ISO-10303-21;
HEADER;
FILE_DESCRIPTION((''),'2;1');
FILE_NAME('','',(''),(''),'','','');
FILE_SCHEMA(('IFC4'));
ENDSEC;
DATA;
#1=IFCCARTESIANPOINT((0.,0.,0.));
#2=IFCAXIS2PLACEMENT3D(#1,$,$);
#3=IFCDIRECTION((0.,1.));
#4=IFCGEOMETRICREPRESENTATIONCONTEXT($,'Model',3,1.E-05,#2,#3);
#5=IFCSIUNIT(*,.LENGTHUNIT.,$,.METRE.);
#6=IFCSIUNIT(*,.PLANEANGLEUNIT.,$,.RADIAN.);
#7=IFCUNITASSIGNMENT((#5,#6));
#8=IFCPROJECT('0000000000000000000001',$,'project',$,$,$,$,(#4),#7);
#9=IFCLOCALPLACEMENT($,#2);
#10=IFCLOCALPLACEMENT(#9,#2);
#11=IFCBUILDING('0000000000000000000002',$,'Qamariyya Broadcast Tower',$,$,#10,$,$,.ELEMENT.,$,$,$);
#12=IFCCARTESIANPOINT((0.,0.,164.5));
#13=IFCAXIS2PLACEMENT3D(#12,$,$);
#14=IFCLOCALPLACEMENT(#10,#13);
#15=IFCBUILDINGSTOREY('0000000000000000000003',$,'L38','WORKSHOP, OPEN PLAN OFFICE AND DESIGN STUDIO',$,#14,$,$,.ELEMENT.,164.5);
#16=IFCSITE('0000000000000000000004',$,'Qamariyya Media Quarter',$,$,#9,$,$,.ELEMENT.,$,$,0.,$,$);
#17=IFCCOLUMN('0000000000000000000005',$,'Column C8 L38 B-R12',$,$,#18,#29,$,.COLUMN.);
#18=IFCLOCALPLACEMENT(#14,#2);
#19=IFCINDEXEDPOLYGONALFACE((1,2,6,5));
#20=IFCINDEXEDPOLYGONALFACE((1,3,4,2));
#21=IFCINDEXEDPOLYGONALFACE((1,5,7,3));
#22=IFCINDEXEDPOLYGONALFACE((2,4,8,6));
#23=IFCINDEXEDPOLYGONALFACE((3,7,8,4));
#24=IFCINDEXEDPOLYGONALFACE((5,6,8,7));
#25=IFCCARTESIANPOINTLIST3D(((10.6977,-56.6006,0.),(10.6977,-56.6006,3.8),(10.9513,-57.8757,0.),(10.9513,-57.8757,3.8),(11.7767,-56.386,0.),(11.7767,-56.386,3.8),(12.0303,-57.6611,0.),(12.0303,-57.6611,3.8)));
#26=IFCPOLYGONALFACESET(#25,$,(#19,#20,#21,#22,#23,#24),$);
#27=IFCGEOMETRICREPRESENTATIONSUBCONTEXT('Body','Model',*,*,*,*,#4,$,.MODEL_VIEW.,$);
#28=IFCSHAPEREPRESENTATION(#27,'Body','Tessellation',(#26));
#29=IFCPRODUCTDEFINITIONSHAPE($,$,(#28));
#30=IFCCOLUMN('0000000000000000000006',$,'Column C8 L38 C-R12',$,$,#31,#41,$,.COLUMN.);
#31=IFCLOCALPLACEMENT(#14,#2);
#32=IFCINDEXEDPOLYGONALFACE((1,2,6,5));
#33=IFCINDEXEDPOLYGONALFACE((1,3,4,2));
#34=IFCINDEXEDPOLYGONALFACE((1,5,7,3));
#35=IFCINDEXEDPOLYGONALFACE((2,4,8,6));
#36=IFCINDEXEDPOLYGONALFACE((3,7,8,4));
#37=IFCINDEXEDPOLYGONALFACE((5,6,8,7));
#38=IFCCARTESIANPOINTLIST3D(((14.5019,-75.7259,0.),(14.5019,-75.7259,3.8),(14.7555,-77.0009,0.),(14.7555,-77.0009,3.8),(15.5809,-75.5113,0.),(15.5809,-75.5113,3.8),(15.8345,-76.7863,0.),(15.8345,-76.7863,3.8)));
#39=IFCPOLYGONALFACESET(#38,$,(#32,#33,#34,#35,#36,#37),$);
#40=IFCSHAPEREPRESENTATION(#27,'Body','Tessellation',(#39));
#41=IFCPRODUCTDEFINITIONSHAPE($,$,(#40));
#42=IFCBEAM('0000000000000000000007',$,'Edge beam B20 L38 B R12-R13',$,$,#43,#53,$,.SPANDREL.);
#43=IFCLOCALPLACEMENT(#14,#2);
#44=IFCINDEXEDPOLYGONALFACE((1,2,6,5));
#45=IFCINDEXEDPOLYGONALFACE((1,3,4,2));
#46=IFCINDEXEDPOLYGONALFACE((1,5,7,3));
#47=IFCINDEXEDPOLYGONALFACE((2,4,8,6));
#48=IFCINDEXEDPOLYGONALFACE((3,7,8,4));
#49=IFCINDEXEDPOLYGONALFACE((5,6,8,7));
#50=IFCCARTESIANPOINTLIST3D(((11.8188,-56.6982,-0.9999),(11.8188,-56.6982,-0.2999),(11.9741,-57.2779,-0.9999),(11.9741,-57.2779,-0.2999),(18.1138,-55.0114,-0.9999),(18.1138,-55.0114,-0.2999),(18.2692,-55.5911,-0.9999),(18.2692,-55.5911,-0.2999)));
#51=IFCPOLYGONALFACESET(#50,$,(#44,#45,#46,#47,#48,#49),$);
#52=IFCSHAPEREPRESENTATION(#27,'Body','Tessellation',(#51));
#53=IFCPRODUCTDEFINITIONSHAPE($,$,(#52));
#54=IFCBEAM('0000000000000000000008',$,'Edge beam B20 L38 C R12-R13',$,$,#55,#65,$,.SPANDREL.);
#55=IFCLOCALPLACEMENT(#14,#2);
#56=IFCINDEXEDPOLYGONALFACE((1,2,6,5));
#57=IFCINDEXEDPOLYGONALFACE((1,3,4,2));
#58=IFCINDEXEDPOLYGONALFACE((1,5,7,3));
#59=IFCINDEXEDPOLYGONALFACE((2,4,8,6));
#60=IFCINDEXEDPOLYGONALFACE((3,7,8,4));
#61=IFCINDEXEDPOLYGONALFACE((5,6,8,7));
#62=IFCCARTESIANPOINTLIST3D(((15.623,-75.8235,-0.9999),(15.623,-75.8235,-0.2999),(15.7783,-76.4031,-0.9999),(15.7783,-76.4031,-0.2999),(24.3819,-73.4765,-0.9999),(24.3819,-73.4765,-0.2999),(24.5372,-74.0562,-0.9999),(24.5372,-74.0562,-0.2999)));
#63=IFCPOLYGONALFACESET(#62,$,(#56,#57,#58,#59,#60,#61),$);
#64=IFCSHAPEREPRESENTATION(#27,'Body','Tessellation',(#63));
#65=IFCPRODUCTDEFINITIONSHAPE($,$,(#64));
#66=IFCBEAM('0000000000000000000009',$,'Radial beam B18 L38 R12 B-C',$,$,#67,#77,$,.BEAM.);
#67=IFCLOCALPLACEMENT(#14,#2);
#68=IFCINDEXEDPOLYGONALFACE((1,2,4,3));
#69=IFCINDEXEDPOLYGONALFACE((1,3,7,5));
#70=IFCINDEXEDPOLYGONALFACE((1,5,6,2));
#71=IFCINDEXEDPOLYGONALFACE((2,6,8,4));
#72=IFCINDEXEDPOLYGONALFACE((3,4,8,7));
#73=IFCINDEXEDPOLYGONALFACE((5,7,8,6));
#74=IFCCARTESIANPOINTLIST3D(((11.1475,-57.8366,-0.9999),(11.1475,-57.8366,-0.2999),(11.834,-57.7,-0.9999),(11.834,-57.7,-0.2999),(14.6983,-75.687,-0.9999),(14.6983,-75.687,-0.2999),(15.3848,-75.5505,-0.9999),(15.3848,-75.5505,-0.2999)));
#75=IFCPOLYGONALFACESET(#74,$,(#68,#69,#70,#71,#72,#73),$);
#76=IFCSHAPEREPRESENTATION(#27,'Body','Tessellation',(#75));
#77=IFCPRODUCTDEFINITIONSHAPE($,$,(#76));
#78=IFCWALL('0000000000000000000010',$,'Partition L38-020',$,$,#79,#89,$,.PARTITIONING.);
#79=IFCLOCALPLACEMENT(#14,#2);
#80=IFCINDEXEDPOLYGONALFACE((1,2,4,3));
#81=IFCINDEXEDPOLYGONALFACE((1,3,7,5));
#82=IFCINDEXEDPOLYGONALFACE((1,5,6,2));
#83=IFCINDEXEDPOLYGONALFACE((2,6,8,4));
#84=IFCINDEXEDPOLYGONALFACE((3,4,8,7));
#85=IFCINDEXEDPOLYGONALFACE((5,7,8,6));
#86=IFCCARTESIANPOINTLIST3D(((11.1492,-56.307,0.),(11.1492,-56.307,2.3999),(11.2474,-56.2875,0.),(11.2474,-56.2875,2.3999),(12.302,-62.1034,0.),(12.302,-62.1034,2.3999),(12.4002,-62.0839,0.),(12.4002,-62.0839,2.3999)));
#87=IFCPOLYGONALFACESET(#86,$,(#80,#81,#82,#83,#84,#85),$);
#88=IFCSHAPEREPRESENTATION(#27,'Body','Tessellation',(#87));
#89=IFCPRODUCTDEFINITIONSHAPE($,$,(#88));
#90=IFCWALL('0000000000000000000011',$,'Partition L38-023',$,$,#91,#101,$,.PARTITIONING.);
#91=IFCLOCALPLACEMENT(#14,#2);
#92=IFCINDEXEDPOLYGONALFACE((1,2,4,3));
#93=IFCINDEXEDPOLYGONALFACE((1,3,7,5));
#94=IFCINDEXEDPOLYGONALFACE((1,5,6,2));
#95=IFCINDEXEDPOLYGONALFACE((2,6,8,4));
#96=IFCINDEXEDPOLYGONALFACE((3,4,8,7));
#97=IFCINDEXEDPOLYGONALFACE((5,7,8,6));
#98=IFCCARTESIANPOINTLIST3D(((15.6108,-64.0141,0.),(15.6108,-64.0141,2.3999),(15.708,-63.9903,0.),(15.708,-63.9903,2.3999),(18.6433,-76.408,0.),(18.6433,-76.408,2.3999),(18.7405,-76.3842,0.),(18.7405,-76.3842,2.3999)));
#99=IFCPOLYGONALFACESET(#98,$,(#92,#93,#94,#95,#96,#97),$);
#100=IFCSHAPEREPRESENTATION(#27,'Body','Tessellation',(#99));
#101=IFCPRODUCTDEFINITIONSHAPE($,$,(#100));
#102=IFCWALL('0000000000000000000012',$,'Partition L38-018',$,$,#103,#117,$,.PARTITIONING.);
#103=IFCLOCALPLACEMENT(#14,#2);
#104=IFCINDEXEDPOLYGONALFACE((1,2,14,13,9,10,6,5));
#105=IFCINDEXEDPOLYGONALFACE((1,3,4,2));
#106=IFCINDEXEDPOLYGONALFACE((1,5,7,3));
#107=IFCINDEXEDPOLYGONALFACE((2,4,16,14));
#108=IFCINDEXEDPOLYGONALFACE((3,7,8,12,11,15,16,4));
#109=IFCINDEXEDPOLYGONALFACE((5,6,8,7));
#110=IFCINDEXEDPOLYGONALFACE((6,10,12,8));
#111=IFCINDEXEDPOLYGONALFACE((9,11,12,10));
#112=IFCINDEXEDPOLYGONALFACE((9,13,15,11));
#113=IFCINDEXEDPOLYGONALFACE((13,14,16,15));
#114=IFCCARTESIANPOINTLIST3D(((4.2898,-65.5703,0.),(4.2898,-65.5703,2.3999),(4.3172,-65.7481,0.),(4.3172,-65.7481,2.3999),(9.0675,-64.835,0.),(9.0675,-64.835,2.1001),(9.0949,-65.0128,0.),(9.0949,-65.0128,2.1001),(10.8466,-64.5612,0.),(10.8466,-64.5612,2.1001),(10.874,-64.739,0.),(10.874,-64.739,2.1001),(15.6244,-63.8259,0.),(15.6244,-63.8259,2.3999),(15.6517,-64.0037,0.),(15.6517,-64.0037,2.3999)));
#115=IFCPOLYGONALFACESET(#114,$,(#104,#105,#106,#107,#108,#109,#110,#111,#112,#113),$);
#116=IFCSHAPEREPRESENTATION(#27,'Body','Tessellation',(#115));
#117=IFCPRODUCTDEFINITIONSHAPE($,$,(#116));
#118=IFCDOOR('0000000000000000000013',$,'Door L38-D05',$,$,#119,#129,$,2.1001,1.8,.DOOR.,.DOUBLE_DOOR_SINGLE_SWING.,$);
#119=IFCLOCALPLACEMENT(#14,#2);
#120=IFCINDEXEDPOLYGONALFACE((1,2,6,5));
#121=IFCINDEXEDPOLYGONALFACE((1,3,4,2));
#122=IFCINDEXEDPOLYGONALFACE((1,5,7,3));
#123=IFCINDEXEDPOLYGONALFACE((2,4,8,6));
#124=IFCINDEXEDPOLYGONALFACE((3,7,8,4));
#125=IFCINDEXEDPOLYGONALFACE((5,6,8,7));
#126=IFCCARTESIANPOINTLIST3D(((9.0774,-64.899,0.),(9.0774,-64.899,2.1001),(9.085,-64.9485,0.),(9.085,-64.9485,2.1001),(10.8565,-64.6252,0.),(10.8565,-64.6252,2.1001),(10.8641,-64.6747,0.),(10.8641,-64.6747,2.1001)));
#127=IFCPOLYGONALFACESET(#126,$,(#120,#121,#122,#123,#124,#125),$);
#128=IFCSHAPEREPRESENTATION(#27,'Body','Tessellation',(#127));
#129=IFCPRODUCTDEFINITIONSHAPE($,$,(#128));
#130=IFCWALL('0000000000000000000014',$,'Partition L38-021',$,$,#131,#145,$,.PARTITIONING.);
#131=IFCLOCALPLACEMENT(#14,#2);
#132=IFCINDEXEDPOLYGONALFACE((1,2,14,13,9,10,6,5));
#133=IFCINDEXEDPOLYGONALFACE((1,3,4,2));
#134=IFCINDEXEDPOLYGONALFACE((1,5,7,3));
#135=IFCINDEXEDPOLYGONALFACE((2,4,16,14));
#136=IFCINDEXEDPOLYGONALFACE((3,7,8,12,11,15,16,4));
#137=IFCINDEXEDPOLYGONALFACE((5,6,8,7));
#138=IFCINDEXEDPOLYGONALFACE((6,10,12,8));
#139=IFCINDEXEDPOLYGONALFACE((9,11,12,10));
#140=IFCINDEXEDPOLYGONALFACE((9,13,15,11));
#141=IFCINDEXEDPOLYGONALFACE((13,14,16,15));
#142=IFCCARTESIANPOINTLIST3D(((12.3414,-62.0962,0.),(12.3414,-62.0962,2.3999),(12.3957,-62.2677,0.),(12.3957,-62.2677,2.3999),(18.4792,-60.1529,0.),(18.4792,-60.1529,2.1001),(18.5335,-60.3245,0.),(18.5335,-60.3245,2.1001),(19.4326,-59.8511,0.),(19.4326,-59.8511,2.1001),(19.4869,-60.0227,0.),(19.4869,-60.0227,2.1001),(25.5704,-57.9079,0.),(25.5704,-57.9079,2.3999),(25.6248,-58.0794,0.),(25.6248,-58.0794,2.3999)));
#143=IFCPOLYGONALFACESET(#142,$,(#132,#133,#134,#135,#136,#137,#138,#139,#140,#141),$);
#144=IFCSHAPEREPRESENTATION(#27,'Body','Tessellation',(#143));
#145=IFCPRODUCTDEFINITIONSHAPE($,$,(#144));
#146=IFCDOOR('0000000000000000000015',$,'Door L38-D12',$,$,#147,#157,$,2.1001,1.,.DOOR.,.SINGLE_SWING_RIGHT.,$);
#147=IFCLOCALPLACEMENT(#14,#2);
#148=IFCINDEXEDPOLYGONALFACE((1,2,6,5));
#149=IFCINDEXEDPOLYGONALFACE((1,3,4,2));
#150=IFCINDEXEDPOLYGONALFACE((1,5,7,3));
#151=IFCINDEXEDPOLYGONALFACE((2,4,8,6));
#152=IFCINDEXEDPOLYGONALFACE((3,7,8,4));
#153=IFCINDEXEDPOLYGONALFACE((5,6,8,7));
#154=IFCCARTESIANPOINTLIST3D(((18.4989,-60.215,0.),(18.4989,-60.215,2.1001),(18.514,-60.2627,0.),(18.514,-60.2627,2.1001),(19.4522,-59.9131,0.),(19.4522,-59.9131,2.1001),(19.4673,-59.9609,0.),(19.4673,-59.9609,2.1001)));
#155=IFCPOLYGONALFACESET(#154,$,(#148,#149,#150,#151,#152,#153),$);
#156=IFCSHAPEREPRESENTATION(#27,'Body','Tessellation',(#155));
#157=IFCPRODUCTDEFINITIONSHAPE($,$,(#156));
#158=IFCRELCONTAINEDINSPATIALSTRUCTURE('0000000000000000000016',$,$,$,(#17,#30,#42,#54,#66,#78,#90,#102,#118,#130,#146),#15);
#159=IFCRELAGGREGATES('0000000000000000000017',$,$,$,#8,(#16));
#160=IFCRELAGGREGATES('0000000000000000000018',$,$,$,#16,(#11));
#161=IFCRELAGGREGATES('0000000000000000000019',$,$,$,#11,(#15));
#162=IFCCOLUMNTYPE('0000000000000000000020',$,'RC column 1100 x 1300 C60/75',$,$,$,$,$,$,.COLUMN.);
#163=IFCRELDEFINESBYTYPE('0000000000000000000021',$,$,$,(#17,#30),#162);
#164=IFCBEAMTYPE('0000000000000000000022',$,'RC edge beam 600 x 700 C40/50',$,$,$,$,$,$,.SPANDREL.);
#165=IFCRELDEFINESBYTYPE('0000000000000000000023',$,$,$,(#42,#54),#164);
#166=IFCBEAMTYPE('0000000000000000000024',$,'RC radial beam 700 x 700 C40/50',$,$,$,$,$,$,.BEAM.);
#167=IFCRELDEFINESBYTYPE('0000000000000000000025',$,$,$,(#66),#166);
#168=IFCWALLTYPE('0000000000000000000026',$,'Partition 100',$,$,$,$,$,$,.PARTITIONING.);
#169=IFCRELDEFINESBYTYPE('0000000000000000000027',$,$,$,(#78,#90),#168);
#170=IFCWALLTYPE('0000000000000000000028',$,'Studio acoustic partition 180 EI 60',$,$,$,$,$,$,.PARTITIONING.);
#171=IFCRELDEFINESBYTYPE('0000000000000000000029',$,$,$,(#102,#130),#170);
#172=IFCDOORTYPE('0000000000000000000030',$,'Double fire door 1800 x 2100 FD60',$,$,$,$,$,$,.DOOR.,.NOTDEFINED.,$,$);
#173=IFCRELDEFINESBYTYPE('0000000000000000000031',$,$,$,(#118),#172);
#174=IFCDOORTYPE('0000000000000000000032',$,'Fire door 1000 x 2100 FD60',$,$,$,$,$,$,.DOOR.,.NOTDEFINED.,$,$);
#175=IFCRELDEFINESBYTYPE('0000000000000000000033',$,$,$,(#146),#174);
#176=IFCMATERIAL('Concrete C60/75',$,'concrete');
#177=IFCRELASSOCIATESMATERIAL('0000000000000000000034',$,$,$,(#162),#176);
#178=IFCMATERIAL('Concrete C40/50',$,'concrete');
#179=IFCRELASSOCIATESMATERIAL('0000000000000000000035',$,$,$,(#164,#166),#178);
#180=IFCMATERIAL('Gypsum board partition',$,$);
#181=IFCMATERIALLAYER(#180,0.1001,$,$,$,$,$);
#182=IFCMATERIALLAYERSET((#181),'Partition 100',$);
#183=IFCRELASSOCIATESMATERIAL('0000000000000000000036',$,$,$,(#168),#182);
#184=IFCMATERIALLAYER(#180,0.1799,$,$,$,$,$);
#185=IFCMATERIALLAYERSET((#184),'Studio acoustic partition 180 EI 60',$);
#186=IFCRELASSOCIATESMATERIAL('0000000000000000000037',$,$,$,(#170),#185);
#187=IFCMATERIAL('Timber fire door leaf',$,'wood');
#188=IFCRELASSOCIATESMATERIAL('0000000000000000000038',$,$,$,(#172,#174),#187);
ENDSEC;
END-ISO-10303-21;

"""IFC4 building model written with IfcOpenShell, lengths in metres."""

from ifc_helpers import new_model, si_unit, direction, frame, frame_2d, origin, origin_2d, place, context, subcontext, project, spatial, rectangle, extrude, material, layer, layer_set, material_profile, profile_set, type_object, element, fill, save


model = new_model("IFC4")

# Units and contexts
model_context = context("Model", 3, precision=1e-05, world=origin(), true_north=direction((0.0, 1.0)))
body_context = subcontext(model_context, "Body", "Model", "MODEL_VIEW")
ifc_project = project(units=[si_unit("LENGTHUNIT", "METRE"), si_unit("PLANEANGLEUNIT", "RADIAN")], contexts=[model_context])

# Site, building, storey
site_placement = place(None, origin())
site = spatial("IfcSite", under=ifc_project, at=site_placement, Name="Qamariyya Media Quarter", CompositionType="ELEMENT", RefElevation=0.0)
building_placement = place(site_placement, origin())
building = spatial("IfcBuilding", under=site, at=building_placement, Name="Qamariyya Broadcast Tower", CompositionType="ELEMENT")
storey_placement = place(building_placement, frame((0.0, 0.0, 164.5)))
storey = spatial("IfcBuildingStorey", under=building, at=storey_placement, Name="L38", Description="WORKSHOP, OPEN PLAN OFFICE AND DESIGN STUDIO", CompositionType="ELEMENT", Elevation=164.5)

# Columns
ifc_material_1 = material(Name="Concrete C60/75", Category="concrete")
ifc_material_profile_1 = material_profile(ifc_material_1, rectangle(XDim=1.1001, YDim=1.3, at=origin_2d()))
ifc_profile_set_1 = profile_set([ifc_material_profile_1], Name="Concrete C60/75")
column_type = type_object("IfcColumnType", Name="RC column 1100 x 1300 C60/75", PredefinedType="COLUMN", material=ifc_profile_set_1)
for number, where, z_axis, x_axis, name in (
    (1, (11.364, -57.1309, 0.0), (0.0, 0.0, 1.0), (0.980785, 0.19509, 0.0), "Column C8 L38 B-R12"),
    (2, (15.1682, -76.2561, 0.0), (0.0, 0.0, 1.0), (0.980785, 0.19509, 0.0), "Column C8 L38 C-R12"),
):
    element("IfcColumn", number, at=place(storey_placement, frame(where, z_axis=z_axis, x_axis=x_axis)), inside=storey, type_object=column_type, Name=name, PredefinedType="COLUMN", context=body_context, shape_type="SweptSolid", body=[
        extrude(rectangle(XDim=1.1001, YDim=1.3, at=origin_2d()), origin(), (0.0, 0.0, 1.0), 3.8),
    ])

# Beams
ifc_material_2 = material(Name="Concrete C40/50", Category="concrete")
ifc_material_profile_2 = material_profile(ifc_material_2, rectangle(XDim=0.6001, YDim=0.7, at=origin_2d()))
ifc_profile_set_2 = profile_set([ifc_material_profile_2], Name="Concrete C40/50")
beam_type_1 = type_object("IfcBeamType", Name="RC edge beam 600 x 700 C40/50", PredefinedType="SPANDREL", material=ifc_profile_set_2)
beam_1_placement = place(storey_placement, frame((11.8965, -56.988, -0.6499), z_axis=(0.965924, 0.258826, 0.0), x_axis=(-0.258826, 0.965924, 0.0)))
element("IfcBeam", 3, at=beam_1_placement, inside=storey, type_object=beam_type_1, Name="Edge beam B20 L38 B R12-R13", PredefinedType="SPANDREL", context=body_context, shape_type="SweptSolid", body=[
    extrude(rectangle(XDim=0.6001, YDim=0.7, at=origin_2d()), origin(), (0.0, 0.0, 1.0), 6.5171),
])
beam_2_placement = place(storey_placement, frame((15.7007, -76.1133, -0.6499), z_axis=(0.965925, 0.25882, 0.0), x_axis=(-0.25882, 0.965925, 0.0)))
element("IfcBeam", 4, at=beam_2_placement, inside=storey, type_object=beam_type_1, Name="Edge beam B20 L38 C R12-R13", PredefinedType="SPANDREL", context=body_context, shape_type="SweptSolid", body=[
    extrude(rectangle(XDim=0.6001, YDim=0.7, at=origin_2d()), origin(), (0.0, 0.0, 1.0), 9.0679),
])
ifc_material_profile_3 = material_profile(ifc_material_2, rectangle(XDim=0.7, YDim=0.7, at=origin_2d()))
ifc_profile_set_3 = profile_set([ifc_material_profile_3], Name="Concrete C40/50")
beam_type_2 = type_object("IfcBeamType", Name="RC radial beam 700 x 700 C40/50", PredefinedType="BEAM", material=ifc_profile_set_3)
beam_3_placement = place(storey_placement, frame((11.4907, -57.7683, -0.6499), z_axis=(0.195097, -0.980784, 0.0), x_axis=(0.980784, 0.195097, 0.0)))
element("IfcBeam", 5, at=beam_3_placement, inside=storey, type_object=beam_type_2, Name="Radial beam B18 L38 R12 B-C", PredefinedType="BEAM", context=body_context, shape_type="SweptSolid", body=[
    extrude(rectangle(XDim=0.7, YDim=0.7, at=origin_2d()), origin(), (0.0, 0.0, 1.0), 18.2002),
])

# Walls
ifc_material_3 = material(Name="Gypsum board partition")
ifc_layer_1 = layer(ifc_material_3, 0.1001)
ifc_layer_set_1 = layer_set([ifc_layer_1], Name="Partition 100")
wall_type_1 = type_object("IfcWallType", Name="Partition 100", PredefinedType="PARTITIONING", material=ifc_layer_set_1)
wall_1_placement = place(storey_placement, frame((11.1982, -56.2971, 0.0), z_axis=(0.0, 0.0, 1.0), x_axis=(0.195067, -0.98079, 0.0)))
element("IfcWall", 6, at=wall_1_placement, inside=storey, type_object=wall_type_1, Name="Partition L38-020", PredefinedType="PARTITIONING", context=body_context, shape_type="SweptSolid", body=[
    extrude(rectangle(XDim=5.9099, YDim=0.1001, at=frame_2d((2.9551, 0.0))), origin(), (0.0, 0.0, 1.0), 2.3999),
])
wall_2_placement = place(storey_placement, frame((18.6919, -76.3962, 0.0), z_axis=(0.0, 0.0, 1.0), x_axis=(-0.237661, 0.971348, 0.0)))
element("IfcWall", 7, at=wall_2_placement, inside=storey, type_object=wall_type_1, Name="Partition L38-023", PredefinedType="PARTITIONING", context=body_context, shape_type="SweptSolid", body=[
    extrude(rectangle(XDim=12.7595, YDim=0.1001, at=frame_2d((6.3799, 0.0))), origin(), (0.0, 0.0, 1.0), 2.3999),
])

# Walls, openings, doors
ifc_layer_2 = layer(ifc_material_3, 0.1799)
ifc_layer_set_2 = layer_set([ifc_layer_2], Name="Studio acoustic partition 180 EI 60")
wall_type_2 = type_object("IfcWallType", Name="Studio acoustic partition 180 EI 60", PredefinedType="PARTITIONING", material=ifc_layer_set_2)
wall_3_placement = place(storey_placement, frame((15.6379, -63.9148, 0.0), z_axis=(0.0, 0.0, 1.0), x_axis=(-0.988364, -0.15211, 0.0)))
wall_3 = element("IfcWall", 8, at=wall_3_placement, inside=storey, type_object=wall_type_2, Name="Partition L38-018", PredefinedType="PARTITIONING", context=body_context, shape_type="SweptSolid", body=[
    extrude(rectangle(XDim=11.468, YDim=0.1799, at=frame_2d((5.7339, 0.0))), origin(), (0.0, 0.0, 1.0), 2.3999),
])
opening_1_placement = place(wall_3_placement, frame((4.834, 0.0, 0.0)))
opening_1 = element("IfcOpeningElement", 9, at=opening_1_placement, cuts=wall_3, PredefinedType="OPENING", context=body_context, shape_type="SweptSolid", body=[
    extrude(rectangle(XDim=1.8, YDim=2.1001, at=frame_2d((0.8999, 1.05))), frame((0.0, 0.0999, 0.0), z_axis=(0.0, -1.0, 0.0), x_axis=(1.0, 0.0, 0.0)), (0.0, 0.0, 1.0), 0.2),
])
ifc_material_4 = material(Name="Timber fire door leaf", Category="wood")
door_type_1 = type_object("IfcDoorType", Name="Double fire door 1800 x 2100 FD60", OperationType="NOTDEFINED", PredefinedType="DOOR", material=ifc_material_4)
door_1_placement = place(opening_1_placement, origin())
door_1 = element("IfcDoor", 10, at=door_1_placement, inside=storey, type_object=door_type_1, Name="Door L38-D05", OperationType="DOUBLE_DOOR_SINGLE_SWING", OverallHeight=2.1001, OverallWidth=1.8, PredefinedType="DOOR", context=body_context, shape_type="SweptSolid", body=[
    extrude(rectangle(XDim=1.8, YDim=2.1001, at=frame_2d((0.8999, 1.05))), frame((0.0, 0.0249, 0.0), z_axis=(0.0, -1.0, 0.0), x_axis=(1.0, 0.0, 0.0)), (0.0, 0.0, 1.0), 0.05),
])
fill(opening_1, door_1)
wall_4_placement = place(storey_placement, frame((12.3687, -62.1819, 0.0), z_axis=(0.0, 0.0, 1.0), x_axis=(0.953362, 0.301829, 0.0)))
wall_4 = element("IfcWall", 11, at=wall_4_placement, inside=storey, type_object=wall_type_2, Name="Partition L38-021", PredefinedType="PARTITIONING", context=body_context, shape_type="SweptSolid", body=[
    extrude(rectangle(XDim=13.8762, YDim=0.1799, at=frame_2d((6.938, 0.0))), origin(), (0.0, 0.0, 1.0), 2.3999),
])
opening_2_placement = place(wall_4_placement, frame((6.438, 0.0, 0.0)))
opening_2 = element("IfcOpeningElement", 12, at=opening_2_placement, cuts=wall_4, PredefinedType="OPENING", context=body_context, shape_type="SweptSolid", body=[
    extrude(rectangle(XDim=1.0, YDim=2.1001, at=frame_2d((0.5, 1.05))), frame((0.0, 0.0999, 0.0), z_axis=(0.0, -1.0, 0.0), x_axis=(1.0, 0.0, 0.0)), (0.0, 0.0, 1.0), 0.2),
])
door_type_2 = type_object("IfcDoorType", Name="Fire door 1000 x 2100 FD60", OperationType="NOTDEFINED", PredefinedType="DOOR", material=ifc_material_4)
door_2_placement = place(opening_2_placement, origin())
door_2 = element("IfcDoor", 13, at=door_2_placement, inside=storey, type_object=door_type_2, Name="Door L38-D12", OperationType="SINGLE_SWING_RIGHT", OverallHeight=2.1001, OverallWidth=1.0, PredefinedType="DOOR", context=body_context, shape_type="SweptSolid", body=[
    extrude(rectangle(XDim=1.0, YDim=2.1001, at=frame_2d((0.5, 1.05))), frame((0.0, 0.0249, 0.0), z_axis=(0.0, -1.0, 0.0), x_axis=(1.0, 0.0, 0.0)), (0.0, 0.0, 1.0), 0.05),
])
fill(opening_2, door_2)

save(model, "model.ifc")
